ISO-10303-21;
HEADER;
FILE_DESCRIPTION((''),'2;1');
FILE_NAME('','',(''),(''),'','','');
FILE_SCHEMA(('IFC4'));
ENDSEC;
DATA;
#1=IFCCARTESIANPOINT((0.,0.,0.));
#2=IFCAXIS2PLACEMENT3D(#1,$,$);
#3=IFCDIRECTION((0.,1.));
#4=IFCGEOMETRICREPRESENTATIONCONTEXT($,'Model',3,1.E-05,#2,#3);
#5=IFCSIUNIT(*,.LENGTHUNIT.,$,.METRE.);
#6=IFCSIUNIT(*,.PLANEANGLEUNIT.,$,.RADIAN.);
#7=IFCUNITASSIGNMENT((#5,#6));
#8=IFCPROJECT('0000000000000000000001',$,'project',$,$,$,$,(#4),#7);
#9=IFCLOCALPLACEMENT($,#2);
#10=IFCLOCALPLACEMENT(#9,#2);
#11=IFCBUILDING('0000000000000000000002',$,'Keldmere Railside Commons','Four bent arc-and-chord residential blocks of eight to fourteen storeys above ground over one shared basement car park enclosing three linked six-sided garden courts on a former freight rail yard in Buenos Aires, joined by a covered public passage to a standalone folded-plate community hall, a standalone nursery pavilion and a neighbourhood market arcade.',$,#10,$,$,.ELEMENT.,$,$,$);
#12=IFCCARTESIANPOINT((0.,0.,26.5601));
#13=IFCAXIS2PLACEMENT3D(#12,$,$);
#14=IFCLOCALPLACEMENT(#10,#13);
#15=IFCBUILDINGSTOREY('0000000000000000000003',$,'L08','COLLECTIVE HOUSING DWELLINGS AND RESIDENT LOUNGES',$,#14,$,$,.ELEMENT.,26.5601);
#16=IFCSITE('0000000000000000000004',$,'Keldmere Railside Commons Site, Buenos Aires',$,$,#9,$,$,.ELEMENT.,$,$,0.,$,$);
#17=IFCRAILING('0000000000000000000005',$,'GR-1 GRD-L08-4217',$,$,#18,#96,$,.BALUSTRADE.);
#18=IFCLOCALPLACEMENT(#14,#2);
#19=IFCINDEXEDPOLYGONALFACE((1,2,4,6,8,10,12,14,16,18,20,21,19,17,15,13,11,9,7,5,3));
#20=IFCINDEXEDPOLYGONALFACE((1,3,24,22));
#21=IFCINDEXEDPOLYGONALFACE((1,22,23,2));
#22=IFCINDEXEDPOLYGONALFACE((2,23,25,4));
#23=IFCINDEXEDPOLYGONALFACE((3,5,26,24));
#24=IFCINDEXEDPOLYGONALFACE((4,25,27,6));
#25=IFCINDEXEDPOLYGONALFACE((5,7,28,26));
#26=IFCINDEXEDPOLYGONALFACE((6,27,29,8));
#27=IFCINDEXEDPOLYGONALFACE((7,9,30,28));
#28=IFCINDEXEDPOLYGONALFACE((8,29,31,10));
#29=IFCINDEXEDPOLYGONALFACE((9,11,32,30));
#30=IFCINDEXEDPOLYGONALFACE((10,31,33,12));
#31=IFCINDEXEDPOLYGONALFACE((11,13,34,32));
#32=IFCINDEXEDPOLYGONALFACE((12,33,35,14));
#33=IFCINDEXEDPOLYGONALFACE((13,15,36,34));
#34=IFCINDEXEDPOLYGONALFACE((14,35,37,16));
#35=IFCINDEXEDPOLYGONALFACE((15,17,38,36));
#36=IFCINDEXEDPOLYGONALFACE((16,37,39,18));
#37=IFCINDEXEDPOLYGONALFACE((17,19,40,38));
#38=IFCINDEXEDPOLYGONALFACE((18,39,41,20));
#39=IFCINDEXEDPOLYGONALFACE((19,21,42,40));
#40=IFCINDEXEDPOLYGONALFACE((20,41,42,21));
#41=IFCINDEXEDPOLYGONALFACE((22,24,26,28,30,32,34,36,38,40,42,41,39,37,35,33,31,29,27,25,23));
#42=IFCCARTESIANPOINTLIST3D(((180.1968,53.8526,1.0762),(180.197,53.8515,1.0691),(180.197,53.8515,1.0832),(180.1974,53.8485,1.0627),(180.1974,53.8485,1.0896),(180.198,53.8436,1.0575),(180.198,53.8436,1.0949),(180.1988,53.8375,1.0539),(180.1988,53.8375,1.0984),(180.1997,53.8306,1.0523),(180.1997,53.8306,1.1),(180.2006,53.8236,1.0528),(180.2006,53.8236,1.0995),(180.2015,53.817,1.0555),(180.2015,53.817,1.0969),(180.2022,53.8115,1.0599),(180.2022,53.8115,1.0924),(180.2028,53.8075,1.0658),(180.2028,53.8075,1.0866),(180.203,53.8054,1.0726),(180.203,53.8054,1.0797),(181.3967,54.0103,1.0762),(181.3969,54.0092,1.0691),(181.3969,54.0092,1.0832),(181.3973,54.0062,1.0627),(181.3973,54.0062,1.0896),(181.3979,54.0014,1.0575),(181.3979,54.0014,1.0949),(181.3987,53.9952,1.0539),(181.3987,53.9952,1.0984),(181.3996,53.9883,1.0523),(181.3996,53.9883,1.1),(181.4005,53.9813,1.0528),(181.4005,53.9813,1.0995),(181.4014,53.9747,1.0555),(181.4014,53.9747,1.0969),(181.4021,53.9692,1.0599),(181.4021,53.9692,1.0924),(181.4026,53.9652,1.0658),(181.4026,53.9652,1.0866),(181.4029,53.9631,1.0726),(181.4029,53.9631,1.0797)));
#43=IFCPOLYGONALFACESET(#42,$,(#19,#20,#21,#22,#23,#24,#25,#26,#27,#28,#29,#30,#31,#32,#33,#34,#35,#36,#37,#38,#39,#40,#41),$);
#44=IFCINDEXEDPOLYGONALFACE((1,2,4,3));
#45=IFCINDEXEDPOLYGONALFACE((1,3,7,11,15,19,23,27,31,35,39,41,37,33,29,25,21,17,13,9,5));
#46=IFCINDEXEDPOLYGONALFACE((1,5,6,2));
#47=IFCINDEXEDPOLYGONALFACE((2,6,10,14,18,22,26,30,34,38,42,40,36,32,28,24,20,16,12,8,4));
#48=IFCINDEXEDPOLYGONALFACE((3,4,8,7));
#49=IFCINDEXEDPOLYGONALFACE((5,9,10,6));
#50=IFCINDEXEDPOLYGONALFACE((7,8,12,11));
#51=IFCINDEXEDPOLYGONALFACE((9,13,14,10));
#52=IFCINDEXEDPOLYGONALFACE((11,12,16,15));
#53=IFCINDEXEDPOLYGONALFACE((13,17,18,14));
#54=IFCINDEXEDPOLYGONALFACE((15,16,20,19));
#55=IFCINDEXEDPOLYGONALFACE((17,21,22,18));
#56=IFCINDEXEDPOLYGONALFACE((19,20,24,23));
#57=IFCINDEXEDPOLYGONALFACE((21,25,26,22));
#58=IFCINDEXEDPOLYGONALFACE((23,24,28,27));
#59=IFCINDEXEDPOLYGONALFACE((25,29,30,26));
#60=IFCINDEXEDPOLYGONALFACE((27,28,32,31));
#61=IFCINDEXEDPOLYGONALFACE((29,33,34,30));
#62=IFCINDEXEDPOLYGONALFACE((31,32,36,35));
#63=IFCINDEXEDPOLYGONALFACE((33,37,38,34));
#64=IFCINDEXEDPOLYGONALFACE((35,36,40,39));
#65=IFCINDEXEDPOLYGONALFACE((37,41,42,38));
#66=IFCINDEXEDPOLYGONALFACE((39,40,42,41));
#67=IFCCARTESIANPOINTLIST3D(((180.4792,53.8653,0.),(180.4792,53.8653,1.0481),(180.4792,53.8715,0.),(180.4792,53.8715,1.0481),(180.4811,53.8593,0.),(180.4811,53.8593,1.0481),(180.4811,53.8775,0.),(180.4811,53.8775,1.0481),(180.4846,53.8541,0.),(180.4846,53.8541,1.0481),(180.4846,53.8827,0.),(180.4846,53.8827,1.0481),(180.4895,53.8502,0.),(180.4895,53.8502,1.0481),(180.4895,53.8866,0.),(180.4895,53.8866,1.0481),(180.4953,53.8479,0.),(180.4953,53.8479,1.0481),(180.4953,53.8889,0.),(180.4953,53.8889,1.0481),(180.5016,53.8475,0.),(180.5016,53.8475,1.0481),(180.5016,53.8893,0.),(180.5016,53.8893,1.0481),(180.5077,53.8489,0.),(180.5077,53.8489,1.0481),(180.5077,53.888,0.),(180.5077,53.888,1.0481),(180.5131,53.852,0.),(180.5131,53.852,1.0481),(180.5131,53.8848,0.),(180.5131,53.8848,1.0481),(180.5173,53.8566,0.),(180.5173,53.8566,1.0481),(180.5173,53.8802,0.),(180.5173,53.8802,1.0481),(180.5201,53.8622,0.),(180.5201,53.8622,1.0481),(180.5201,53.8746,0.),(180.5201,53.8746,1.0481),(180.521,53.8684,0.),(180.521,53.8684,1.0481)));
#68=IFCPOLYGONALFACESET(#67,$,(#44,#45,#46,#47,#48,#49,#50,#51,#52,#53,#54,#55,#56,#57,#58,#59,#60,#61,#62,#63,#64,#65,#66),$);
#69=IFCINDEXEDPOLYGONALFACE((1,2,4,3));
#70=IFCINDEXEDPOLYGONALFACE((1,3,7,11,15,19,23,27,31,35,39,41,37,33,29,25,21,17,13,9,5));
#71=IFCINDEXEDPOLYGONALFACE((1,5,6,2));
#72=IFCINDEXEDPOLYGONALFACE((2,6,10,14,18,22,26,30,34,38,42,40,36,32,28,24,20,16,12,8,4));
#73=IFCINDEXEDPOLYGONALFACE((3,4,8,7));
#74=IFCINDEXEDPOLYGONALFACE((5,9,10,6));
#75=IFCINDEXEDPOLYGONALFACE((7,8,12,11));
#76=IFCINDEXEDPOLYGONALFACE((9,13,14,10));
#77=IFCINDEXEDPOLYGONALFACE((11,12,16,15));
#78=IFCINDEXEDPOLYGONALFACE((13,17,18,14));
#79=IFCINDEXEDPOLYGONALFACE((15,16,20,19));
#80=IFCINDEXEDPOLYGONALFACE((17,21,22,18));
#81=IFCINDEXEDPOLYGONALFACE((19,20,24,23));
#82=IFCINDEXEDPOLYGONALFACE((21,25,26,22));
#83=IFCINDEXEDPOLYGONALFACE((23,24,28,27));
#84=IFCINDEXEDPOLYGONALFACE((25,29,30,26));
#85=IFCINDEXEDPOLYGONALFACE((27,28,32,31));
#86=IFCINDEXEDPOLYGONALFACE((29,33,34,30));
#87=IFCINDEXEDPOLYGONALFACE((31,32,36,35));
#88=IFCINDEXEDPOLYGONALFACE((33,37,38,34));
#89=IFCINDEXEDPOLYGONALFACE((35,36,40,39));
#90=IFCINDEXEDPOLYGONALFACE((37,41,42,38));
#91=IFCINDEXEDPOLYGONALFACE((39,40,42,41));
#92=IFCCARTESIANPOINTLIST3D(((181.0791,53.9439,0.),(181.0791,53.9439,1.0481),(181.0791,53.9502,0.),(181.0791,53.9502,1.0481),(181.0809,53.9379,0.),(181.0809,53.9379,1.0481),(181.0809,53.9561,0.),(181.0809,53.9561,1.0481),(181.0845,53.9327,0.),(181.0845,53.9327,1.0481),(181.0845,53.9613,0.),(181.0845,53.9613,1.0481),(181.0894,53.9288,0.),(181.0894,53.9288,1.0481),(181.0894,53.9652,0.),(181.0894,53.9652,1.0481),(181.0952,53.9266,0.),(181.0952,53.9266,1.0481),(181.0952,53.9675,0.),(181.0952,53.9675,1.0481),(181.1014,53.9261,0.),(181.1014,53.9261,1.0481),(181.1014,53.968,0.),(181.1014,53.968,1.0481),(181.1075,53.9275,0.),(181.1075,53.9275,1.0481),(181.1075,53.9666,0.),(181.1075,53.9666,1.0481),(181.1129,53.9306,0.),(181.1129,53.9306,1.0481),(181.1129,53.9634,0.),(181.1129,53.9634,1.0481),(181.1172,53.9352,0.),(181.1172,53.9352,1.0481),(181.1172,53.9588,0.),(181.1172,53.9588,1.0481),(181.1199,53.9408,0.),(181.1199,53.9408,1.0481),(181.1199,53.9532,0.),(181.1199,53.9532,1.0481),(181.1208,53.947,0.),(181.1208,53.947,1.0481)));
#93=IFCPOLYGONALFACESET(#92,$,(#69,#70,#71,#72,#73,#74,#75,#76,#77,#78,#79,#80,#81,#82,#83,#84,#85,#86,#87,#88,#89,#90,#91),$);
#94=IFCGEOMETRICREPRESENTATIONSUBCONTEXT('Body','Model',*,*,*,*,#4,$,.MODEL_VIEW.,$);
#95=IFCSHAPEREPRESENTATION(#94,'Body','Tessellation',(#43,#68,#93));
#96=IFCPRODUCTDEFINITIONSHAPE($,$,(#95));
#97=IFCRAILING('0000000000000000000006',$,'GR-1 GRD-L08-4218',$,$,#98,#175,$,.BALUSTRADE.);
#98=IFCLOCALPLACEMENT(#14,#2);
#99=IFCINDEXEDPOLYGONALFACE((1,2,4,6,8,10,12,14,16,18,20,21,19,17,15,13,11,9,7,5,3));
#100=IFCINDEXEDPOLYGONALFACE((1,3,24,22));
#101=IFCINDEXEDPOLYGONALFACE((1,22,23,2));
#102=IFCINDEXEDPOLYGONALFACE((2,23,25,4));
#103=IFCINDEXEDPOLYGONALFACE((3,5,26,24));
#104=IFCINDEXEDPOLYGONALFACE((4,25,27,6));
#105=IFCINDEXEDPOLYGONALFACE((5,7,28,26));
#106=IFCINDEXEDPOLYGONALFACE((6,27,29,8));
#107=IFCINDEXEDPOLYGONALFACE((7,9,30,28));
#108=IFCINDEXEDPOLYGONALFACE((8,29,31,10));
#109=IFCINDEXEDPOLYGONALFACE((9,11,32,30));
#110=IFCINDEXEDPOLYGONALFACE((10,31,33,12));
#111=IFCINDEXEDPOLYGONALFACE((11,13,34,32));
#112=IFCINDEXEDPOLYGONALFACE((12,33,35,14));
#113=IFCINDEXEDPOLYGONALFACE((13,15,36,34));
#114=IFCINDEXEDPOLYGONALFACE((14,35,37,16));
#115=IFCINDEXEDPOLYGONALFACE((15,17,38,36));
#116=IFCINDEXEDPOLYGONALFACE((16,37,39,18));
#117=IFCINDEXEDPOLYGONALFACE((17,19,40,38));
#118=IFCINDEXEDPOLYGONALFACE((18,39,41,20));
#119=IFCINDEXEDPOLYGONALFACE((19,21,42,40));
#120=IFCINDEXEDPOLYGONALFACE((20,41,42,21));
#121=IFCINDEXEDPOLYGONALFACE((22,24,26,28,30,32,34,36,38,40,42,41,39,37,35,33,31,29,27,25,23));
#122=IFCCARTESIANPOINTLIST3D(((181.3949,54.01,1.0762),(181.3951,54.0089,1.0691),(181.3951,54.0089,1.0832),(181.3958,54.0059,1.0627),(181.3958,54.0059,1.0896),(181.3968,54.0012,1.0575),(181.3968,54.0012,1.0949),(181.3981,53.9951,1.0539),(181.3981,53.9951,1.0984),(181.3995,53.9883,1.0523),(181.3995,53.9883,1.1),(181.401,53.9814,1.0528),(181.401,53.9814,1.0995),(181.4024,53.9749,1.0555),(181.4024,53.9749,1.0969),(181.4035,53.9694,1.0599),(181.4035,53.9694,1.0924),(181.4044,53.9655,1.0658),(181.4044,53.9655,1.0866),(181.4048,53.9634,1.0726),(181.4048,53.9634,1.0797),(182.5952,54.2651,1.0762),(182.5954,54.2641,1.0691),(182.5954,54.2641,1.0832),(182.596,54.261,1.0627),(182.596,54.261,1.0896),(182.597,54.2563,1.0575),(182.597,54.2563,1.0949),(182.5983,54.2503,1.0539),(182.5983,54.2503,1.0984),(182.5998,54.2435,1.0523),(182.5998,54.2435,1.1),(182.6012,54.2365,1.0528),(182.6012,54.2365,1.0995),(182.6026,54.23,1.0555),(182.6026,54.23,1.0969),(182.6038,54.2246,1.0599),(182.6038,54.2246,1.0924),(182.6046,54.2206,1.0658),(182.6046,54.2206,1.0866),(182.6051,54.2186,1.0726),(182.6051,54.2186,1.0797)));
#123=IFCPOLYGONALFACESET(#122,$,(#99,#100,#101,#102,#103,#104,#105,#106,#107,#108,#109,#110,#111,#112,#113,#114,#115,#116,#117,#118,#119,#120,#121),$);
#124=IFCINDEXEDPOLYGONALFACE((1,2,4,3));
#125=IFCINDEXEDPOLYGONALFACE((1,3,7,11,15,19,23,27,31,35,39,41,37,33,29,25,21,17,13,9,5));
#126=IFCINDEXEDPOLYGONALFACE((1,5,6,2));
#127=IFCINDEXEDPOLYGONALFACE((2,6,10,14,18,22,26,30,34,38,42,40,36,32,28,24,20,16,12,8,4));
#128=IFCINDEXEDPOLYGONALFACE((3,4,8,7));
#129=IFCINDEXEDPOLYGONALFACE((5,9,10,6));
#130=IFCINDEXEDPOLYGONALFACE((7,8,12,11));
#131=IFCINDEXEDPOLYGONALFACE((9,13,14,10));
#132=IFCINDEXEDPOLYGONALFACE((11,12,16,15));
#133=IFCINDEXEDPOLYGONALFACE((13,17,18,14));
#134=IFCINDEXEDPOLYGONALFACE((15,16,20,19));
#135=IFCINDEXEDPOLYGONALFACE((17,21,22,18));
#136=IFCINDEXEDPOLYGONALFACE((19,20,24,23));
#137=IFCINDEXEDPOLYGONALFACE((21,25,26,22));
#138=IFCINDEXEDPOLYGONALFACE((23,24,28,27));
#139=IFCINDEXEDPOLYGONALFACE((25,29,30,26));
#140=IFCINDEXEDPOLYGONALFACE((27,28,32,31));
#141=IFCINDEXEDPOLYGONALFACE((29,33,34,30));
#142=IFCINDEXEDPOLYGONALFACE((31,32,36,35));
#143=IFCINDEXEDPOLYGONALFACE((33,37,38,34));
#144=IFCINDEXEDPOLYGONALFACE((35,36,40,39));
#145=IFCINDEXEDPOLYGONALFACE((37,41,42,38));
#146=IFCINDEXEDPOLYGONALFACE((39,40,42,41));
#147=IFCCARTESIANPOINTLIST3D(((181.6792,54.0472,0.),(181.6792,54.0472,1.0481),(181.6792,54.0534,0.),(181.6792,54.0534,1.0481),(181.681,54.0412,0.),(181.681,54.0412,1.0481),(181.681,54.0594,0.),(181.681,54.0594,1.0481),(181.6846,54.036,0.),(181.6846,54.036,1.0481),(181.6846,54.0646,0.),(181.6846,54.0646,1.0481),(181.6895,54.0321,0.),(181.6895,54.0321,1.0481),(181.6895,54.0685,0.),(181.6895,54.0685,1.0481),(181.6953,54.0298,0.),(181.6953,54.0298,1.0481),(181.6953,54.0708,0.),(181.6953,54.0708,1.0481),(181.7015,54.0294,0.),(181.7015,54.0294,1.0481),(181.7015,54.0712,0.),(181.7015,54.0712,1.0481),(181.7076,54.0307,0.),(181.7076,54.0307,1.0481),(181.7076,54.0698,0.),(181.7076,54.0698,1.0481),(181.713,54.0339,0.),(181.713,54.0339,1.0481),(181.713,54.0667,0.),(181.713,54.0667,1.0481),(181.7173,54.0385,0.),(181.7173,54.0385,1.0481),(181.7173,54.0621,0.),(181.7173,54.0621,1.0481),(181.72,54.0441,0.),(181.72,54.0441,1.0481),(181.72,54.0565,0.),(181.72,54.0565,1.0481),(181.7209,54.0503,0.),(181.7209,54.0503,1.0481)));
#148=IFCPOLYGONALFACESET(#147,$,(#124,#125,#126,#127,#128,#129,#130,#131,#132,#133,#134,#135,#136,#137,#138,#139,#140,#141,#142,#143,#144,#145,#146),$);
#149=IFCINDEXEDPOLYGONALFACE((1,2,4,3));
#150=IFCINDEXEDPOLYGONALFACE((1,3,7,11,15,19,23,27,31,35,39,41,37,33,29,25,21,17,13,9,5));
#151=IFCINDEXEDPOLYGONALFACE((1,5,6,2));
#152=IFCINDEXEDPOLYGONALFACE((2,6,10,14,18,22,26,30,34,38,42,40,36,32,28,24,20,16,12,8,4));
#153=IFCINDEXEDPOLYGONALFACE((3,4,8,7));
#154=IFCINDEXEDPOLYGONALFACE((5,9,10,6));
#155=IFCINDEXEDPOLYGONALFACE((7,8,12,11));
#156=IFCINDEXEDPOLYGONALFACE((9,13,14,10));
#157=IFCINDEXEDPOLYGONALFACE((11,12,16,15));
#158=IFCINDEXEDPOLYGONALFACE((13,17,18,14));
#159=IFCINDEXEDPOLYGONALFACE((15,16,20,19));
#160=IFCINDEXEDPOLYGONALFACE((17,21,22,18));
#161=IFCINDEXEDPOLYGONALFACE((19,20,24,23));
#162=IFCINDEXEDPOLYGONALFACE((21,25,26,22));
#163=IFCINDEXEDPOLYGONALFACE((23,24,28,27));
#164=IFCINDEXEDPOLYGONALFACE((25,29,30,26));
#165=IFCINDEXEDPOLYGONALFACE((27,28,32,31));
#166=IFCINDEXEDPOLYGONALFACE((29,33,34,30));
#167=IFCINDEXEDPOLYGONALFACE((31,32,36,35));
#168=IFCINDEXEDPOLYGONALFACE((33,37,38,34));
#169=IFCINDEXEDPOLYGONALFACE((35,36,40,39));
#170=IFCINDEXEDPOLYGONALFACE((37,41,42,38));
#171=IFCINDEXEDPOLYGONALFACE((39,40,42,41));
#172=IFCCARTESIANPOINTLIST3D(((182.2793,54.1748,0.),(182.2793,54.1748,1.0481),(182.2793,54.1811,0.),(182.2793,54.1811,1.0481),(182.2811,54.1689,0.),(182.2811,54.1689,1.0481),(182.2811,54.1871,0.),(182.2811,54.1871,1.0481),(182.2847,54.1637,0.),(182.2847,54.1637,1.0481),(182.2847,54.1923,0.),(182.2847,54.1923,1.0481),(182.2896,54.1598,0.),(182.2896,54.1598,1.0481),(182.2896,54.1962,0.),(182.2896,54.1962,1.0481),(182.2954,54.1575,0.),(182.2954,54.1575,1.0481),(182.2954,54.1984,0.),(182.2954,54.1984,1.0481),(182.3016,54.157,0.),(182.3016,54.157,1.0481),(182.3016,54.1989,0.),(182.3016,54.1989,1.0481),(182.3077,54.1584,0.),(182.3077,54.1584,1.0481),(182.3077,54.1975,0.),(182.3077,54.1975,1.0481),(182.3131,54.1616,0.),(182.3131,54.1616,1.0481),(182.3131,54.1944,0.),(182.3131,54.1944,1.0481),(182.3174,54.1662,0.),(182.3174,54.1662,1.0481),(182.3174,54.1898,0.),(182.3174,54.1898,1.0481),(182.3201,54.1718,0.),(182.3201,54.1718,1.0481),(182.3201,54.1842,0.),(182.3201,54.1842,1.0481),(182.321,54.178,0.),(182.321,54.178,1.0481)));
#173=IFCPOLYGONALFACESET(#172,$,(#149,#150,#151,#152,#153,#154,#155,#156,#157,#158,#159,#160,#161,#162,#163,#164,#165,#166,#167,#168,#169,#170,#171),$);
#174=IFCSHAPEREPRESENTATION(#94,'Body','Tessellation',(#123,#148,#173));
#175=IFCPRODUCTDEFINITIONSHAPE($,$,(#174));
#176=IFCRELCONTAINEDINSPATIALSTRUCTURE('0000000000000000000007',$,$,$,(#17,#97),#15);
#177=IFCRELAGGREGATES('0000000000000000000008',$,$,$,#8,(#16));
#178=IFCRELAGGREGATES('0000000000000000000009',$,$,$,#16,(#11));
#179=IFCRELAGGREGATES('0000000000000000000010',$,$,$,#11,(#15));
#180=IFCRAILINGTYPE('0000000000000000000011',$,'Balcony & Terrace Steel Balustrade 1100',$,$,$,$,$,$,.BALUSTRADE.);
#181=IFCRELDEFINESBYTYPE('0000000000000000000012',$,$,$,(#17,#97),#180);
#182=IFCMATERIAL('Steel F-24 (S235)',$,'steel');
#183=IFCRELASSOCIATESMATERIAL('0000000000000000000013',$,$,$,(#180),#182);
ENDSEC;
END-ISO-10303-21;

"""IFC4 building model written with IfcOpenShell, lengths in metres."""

from ifc_helpers import new_model, si_unit, direction, frame, origin, origin_2d, place, context, subcontext, project, spatial, circle, extrude, material, type_object, element, save


model = new_model("IFC4")

# Units and contexts
model_context = context("Model", 3, precision=1e-05, world=origin(), true_north=direction((0.0, 1.0)))
body_context = subcontext(model_context, "Body", "Model", "MODEL_VIEW")
ifc_project = project(units=[si_unit("LENGTHUNIT", "METRE"), si_unit("PLANEANGLEUNIT", "RADIAN")], contexts=[model_context])

# Site, building, storey
site_placement = place(None, origin())
site = spatial("IfcSite", under=ifc_project, at=site_placement, Name="Keldmere Railside Commons Site, Buenos Aires", CompositionType="ELEMENT", RefElevation=0.0)
building_placement = place(site_placement, origin())
building = spatial("IfcBuilding", under=site, at=building_placement, Name="Keldmere Railside Commons", Description="Four bent arc-and-chord residential blocks of eight to fourteen storeys above ground over one shared basement car park enclosing three linked six-sided garden courts on a former freight rail yard in Buenos Aires, joined by a covered public passage to a standalone folded-plate community hall, a standalone nursery pavilion and a neighbourhood market arcade.", CompositionType="ELEMENT")
storey_placement = place(building_placement, frame((0.0, 0.0, 26.5601)))
storey = spatial("IfcBuildingStorey", under=building, at=storey_placement, Name="L08", Description="COLLECTIVE HOUSING DWELLINGS AND RESIDENT LOUNGES", CompositionType="ELEMENT", Elevation=26.5601)

# Shared definitions
ifc_material_1 = material(Name="Steel F-24 (S235)", Category="steel")

# Railings
railing_type = type_object("IfcRailingType", Name="Balcony & Terrace Steel Balustrade 1100", PredefinedType="BALUSTRADE", material=ifc_material_1)
railing_1_placement = place(storey_placement, frame((180.2, 53.8289, 0.0)))
element("IfcRailing", 1, at=railing_1_placement, inside=storey, type_object=railing_type, Name="GR-1 GRD-L08-4217", PredefinedType="BALUSTRADE", context=body_context, shape_type="SweptSolid", body=[
    extrude(circle(Radius=0.0239, at=origin_2d()), frame((0.0, 0.0, 1.0762), z_axis=(0.991473, 0.130314, 0.0), x_axis=(-0.130314, 0.991473, 0.0)), (0.0, 0.0, 1.0), 1.2102),
    extrude(circle(Radius=0.021, at=origin_2d()), frame((0.3, 0.0396, 0.0)), (0.0, 0.0, 1.0), 1.0481),
    extrude(circle(Radius=0.021, at=origin_2d()), frame((0.8999, 0.1182, 0.0)), (0.0, 0.0, 1.0), 1.0481),
])
railing_2_placement = place(storey_placement, frame((181.3999, 53.9866, 0.0)))
element("IfcRailing", 2, at=railing_2_placement, inside=storey, type_object=railing_type, Name="GR-1 GRD-L08-4218", PredefinedType="BALUSTRADE", context=body_context, shape_type="SweptSolid", body=[
    extrude(circle(Radius=0.0239, at=origin_2d()), frame((0.0, 0.0, 1.0762), z_axis=(0.978145, 0.207925, 0.0), x_axis=(-0.207925, 0.978145, 0.0)), (0.0, 0.0, 1.0), 1.2271),
    extrude(circle(Radius=0.021, at=origin_2d()), frame((0.3, 0.0637, 0.0)), (0.0, 0.0, 1.0), 1.0481),
    extrude(circle(Radius=0.021, at=origin_2d()), frame((0.9001, 0.1914, 0.0)), (0.0, 0.0, 1.0), 1.0481),
])

save(model, "model.ifc")
